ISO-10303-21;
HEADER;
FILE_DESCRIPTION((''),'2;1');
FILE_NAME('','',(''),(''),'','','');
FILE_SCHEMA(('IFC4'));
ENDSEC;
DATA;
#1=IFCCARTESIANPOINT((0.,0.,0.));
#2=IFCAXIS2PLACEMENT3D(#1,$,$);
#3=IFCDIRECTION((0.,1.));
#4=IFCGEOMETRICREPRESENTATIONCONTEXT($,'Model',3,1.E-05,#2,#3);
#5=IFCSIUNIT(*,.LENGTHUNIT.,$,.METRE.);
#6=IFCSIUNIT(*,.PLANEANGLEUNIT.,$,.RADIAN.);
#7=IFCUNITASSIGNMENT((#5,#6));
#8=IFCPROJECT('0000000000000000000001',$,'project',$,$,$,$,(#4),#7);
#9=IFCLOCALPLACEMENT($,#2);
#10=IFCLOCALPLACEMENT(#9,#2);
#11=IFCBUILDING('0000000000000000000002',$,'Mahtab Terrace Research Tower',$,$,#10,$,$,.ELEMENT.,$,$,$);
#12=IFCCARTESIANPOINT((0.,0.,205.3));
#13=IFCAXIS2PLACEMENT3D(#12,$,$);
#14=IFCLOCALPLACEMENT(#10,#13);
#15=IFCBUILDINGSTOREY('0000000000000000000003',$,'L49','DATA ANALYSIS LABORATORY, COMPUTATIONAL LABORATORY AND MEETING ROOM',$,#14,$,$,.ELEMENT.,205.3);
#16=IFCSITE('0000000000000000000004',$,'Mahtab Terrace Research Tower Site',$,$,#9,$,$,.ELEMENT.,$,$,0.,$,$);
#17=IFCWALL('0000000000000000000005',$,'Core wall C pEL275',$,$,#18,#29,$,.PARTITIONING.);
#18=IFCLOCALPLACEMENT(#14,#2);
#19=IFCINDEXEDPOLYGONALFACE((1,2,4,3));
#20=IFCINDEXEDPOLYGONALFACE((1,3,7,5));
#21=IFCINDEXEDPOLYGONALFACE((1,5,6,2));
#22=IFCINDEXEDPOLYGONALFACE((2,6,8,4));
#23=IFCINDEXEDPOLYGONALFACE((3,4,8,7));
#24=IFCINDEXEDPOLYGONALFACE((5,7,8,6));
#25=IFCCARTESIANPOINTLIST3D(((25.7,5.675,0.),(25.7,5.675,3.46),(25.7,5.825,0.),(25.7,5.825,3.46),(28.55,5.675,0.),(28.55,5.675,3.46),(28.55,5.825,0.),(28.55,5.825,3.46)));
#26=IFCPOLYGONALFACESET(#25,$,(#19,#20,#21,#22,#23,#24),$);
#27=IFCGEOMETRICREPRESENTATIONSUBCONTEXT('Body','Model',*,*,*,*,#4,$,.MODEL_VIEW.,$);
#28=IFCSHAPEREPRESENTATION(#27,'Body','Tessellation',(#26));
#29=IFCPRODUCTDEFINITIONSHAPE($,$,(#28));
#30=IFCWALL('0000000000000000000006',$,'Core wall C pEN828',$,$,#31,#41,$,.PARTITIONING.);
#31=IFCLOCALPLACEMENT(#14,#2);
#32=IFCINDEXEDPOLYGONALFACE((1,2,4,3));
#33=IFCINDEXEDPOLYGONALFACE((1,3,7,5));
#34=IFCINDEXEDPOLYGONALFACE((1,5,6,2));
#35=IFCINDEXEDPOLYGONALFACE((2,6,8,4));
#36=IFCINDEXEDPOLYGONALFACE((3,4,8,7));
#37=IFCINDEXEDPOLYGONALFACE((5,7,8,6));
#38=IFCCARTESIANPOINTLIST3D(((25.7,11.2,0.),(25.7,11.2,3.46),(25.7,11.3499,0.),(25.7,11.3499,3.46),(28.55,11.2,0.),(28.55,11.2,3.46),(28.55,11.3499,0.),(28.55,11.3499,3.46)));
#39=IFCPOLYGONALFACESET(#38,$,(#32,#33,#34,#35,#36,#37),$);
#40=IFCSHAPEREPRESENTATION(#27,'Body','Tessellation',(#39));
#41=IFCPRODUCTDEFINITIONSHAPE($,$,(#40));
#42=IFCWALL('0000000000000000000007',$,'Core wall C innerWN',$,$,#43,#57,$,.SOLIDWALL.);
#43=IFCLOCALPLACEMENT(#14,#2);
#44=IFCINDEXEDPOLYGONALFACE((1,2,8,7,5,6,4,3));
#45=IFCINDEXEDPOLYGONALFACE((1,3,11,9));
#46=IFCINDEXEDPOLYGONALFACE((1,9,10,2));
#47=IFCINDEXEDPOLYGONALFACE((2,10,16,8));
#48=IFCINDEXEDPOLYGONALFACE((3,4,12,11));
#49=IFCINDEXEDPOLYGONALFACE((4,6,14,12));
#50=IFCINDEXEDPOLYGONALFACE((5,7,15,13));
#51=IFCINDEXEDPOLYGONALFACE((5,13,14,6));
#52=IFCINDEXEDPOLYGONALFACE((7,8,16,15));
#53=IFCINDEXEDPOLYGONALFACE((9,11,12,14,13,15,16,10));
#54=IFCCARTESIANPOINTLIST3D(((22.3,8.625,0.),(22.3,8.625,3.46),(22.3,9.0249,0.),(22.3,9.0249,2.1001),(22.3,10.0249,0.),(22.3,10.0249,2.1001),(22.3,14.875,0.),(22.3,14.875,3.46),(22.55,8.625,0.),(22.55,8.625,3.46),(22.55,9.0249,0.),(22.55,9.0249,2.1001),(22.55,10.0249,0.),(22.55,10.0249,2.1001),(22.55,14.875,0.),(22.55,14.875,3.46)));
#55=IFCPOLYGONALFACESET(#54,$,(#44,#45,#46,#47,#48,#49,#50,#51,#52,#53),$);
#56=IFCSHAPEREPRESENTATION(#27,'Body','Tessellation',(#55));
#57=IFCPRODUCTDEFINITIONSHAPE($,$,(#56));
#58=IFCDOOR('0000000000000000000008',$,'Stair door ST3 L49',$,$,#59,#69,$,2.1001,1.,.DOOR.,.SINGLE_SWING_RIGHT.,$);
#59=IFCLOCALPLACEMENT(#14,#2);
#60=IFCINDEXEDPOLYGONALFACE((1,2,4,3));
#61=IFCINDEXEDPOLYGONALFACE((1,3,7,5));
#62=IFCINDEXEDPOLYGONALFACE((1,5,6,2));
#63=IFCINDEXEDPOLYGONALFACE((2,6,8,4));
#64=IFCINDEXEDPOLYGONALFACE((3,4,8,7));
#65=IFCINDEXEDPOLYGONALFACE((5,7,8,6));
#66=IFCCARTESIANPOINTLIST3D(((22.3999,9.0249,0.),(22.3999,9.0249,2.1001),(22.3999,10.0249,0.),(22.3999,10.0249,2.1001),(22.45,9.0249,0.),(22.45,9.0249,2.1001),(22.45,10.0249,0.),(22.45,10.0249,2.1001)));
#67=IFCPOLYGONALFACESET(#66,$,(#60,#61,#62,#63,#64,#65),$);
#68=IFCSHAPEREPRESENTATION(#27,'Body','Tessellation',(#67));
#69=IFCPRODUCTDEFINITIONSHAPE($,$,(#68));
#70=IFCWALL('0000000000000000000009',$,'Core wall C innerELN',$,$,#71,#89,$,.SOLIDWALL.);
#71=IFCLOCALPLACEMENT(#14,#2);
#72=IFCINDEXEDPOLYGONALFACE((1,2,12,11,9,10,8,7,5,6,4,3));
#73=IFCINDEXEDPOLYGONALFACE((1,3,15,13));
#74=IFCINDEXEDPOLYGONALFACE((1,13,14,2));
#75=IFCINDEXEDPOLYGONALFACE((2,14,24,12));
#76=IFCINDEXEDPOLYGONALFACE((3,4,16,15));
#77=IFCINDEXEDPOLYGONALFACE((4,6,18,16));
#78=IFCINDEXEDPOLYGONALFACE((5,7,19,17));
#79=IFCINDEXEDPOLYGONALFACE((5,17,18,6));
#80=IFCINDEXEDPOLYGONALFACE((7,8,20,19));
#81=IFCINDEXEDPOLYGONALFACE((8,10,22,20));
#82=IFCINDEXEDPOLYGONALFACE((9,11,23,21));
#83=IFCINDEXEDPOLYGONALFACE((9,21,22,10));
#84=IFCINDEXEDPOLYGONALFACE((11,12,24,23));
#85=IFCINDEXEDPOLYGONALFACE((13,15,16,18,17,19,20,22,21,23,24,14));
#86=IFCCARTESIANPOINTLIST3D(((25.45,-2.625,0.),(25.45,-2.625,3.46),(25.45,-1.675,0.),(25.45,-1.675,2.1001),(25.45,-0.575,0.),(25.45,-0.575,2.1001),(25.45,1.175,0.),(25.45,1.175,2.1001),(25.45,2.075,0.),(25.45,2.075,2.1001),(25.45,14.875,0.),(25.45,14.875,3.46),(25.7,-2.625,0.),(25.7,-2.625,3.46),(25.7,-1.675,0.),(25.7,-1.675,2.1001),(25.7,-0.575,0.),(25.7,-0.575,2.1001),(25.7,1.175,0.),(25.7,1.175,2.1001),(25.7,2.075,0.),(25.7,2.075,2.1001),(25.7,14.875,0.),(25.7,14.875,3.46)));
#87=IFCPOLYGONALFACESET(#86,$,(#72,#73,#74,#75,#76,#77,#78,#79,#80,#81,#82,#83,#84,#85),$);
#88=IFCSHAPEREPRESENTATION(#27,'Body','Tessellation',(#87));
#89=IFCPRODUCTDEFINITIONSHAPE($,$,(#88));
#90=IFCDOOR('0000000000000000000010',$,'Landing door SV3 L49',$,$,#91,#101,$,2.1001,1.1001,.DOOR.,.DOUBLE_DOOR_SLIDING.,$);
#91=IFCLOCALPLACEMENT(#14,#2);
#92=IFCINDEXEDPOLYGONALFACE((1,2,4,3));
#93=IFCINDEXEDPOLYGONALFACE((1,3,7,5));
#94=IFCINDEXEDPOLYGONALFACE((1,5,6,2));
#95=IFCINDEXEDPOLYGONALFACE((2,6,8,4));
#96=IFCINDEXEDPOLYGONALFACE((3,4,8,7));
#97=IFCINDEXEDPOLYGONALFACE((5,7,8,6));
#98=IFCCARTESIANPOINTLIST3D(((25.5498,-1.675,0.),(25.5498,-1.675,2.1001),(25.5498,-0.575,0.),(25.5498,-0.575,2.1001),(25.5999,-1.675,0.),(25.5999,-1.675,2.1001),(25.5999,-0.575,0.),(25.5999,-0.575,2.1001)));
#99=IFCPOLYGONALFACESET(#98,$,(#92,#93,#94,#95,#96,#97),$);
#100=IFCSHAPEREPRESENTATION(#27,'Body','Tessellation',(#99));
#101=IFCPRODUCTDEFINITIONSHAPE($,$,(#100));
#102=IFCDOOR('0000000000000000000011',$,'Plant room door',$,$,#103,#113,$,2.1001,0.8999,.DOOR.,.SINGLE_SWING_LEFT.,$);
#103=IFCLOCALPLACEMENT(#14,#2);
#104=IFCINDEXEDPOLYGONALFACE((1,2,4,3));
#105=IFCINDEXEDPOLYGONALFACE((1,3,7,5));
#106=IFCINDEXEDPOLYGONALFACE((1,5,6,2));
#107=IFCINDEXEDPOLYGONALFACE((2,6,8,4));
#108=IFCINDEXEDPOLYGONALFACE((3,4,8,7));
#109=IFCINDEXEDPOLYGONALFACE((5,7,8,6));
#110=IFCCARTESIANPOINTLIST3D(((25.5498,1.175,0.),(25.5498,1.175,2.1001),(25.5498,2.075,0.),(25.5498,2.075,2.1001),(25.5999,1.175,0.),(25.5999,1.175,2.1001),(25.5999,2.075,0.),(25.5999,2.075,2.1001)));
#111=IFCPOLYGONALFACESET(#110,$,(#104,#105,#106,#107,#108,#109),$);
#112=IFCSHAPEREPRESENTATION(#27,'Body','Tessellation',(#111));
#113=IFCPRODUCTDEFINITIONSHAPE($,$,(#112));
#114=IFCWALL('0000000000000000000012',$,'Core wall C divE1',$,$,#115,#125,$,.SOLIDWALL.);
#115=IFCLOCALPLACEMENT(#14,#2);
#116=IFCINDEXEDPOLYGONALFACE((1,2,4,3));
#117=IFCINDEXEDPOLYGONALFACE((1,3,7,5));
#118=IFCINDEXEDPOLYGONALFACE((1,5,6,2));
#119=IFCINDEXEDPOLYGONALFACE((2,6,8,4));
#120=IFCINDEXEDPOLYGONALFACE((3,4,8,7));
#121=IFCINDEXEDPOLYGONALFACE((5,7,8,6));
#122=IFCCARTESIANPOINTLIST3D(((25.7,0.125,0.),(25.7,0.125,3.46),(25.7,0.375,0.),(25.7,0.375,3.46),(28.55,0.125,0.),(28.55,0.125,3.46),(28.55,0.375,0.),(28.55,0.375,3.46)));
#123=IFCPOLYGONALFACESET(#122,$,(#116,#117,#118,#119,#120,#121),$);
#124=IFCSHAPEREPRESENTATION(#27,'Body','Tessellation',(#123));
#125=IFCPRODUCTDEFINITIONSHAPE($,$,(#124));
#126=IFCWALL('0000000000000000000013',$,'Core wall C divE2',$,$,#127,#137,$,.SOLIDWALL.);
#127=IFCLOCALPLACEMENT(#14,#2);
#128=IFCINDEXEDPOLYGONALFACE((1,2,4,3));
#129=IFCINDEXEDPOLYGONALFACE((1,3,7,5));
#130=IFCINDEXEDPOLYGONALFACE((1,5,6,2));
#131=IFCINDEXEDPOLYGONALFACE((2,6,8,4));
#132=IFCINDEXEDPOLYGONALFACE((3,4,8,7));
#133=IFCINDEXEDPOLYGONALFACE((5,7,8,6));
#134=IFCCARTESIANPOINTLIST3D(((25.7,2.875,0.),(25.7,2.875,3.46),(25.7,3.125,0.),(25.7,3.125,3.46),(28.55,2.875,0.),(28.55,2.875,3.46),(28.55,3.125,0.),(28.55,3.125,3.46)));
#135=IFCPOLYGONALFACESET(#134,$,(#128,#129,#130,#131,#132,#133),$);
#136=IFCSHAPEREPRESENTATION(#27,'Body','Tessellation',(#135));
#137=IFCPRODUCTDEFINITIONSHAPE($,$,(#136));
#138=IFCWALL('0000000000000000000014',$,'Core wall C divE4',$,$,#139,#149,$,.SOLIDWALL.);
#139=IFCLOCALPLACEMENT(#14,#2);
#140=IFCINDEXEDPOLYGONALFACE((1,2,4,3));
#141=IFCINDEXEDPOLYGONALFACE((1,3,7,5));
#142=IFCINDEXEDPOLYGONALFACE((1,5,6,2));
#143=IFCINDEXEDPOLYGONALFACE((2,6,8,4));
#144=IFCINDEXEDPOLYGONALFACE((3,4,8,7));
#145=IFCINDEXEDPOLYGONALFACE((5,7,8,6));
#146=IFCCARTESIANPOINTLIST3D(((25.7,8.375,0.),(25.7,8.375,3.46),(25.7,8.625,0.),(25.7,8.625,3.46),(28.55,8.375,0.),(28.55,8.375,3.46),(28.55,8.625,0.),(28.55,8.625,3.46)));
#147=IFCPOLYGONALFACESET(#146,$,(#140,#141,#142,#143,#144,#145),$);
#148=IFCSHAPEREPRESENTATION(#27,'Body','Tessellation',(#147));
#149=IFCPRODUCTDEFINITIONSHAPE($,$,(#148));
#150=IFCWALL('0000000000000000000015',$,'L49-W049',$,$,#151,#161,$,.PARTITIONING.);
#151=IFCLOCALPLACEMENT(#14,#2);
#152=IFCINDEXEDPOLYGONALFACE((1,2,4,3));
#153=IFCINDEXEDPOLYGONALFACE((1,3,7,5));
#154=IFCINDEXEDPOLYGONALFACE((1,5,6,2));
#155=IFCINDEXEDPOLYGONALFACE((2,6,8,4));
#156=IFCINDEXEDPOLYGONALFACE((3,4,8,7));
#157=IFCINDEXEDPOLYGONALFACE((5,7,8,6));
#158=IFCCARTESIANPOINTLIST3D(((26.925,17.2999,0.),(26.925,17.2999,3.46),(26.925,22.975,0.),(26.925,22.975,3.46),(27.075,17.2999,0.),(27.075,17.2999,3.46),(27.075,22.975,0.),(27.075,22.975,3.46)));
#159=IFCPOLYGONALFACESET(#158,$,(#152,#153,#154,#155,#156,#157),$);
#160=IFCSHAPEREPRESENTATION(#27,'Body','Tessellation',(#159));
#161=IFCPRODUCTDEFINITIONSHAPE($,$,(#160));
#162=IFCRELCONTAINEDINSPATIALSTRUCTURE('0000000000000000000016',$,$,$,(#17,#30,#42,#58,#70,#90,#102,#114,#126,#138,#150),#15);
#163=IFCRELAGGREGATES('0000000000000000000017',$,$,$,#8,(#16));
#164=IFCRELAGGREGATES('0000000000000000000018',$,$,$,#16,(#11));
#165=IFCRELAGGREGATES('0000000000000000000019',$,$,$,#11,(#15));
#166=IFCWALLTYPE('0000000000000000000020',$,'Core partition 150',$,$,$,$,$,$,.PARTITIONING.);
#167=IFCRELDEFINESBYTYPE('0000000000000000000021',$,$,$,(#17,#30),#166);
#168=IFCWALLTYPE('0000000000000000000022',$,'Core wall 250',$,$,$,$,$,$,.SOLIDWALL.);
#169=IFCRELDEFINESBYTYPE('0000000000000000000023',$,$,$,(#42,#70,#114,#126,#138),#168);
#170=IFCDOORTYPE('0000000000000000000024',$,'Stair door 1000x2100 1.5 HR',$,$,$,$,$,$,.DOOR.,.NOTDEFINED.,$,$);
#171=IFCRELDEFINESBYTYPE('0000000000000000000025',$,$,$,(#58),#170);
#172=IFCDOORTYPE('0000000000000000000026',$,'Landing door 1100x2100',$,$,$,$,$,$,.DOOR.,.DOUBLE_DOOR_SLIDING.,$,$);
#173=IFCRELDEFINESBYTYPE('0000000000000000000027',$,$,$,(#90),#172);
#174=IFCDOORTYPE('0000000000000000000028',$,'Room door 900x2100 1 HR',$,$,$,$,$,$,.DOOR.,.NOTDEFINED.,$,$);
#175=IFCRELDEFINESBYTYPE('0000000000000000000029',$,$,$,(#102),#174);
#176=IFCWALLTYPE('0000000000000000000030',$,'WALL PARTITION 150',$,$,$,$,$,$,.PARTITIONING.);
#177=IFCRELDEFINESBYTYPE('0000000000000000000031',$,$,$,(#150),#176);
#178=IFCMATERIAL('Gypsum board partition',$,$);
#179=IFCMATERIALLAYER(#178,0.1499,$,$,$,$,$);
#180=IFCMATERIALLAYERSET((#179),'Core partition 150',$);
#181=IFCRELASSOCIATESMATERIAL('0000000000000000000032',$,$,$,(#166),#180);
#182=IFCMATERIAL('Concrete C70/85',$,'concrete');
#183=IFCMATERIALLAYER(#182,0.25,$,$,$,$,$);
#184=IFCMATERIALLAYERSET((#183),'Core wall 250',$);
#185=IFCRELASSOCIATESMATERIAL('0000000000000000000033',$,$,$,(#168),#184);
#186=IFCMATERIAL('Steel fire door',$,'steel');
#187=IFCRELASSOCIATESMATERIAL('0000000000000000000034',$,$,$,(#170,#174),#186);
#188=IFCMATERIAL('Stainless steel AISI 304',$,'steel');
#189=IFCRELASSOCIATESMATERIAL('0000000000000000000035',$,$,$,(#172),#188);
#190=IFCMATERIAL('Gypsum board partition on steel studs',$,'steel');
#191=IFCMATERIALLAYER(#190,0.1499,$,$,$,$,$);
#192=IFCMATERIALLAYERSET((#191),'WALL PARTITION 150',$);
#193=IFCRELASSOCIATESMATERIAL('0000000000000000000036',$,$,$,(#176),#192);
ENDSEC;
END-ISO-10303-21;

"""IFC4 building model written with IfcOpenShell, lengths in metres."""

from ifc_helpers import new_model, si_unit, direction, frame, frame_2d, origin, place, context, subcontext, project, spatial, rectangle, extrude, material, layer, layer_set, type_object, element, fill, save


model = new_model("IFC4")

# Units and contexts
model_context = context("Model", 3, precision=1e-05, world=origin(), true_north=direction((0.0, 1.0)))
body_context = subcontext(model_context, "Body", "Model", "MODEL_VIEW")
ifc_project = project(units=[si_unit("LENGTHUNIT", "METRE"), si_unit("PLANEANGLEUNIT", "RADIAN")], contexts=[model_context])

# Site, building, storey
site_placement = place(None, origin())
site = spatial("IfcSite", under=ifc_project, at=site_placement, Name="Mahtab Terrace Research Tower Site", CompositionType="ELEMENT", RefElevation=0.0)
building_placement = place(site_placement, origin())
building = spatial("IfcBuilding", under=site, at=building_placement, Name="Mahtab Terrace Research Tower", CompositionType="ELEMENT")
storey_placement = place(building_placement, frame((0.0, 0.0, 205.3)))
storey = spatial("IfcBuildingStorey", under=building, at=storey_placement, Name="L49", Description="DATA ANALYSIS LABORATORY, COMPUTATIONAL LABORATORY AND MEETING ROOM", CompositionType="ELEMENT", Elevation=205.3)

# Shared definitions
ifc_material_1 = material(Name="Concrete C70/85", Category="concrete")

# Walls
ifc_material_2 = material(Name="Gypsum board partition")
ifc_layer_1 = layer(ifc_material_2, 0.1499)
ifc_layer_set_1 = layer_set([ifc_layer_1], Name="Core partition 150")
wall_type_1 = type_object("IfcWallType", Name="Core partition 150", PredefinedType="PARTITIONING", material=ifc_layer_set_1)
for number, where, z_axis, x_axis, name in (
    (1, (25.7, 5.75, 0.0), (0.0, 0.0, 1.0), (1.0, 0.0, 0.0), "Core wall C pEL275"),
    (2, (25.7, 11.2749, 0.0), (0.0, 0.0, 1.0), (1.0, 0.0, 0.0), "Core wall C pEN828"),
):
    element("IfcWall", number, at=place(storey_placement, frame(where, z_axis=z_axis, x_axis=x_axis)), inside=storey, type_object=wall_type_1, Name=name, PredefinedType="PARTITIONING", context=body_context, shape_type="SweptSolid", body=[
        extrude(rectangle(XDim=2.8501, YDim=0.1499, at=frame_2d((1.425, 0.0))), origin(), (0.0, 0.0, 1.0), 3.46),
    ])

# Wall, opening, door
ifc_layer_2 = layer(ifc_material_1, 0.25)
ifc_layer_set_2 = layer_set([ifc_layer_2], Name="Core wall 250")
wall_type_2 = type_object("IfcWallType", Name="Core wall 250", PredefinedType="SOLIDWALL", material=ifc_layer_set_2)
wall_1_placement = place(storey_placement, frame((22.425, 14.875, 0.0), z_axis=(0.0, 0.0, 1.0), x_axis=(0.0, -1.0, 0.0)))
wall_1 = element("IfcWall", 3, at=wall_1_placement, inside=storey, type_object=wall_type_2, Name="Core wall C innerWN", PredefinedType="SOLIDWALL", context=body_context, shape_type="SweptSolid", body=[
    extrude(rectangle(XDim=6.25, YDim=0.25, at=frame_2d((3.125, 0.0))), origin(), (0.0, 0.0, 1.0), 3.46),
])
opening_1_placement = place(wall_1_placement, frame((4.8501, 0.0, 0.0)))
opening_1 = element("IfcOpeningElement", 4, at=opening_1_placement, cuts=wall_1, PredefinedType="OPENING", context=body_context, shape_type="SweptSolid", body=[
    extrude(rectangle(XDim=1.0, YDim=2.1001, at=frame_2d((0.5, 1.05))), frame((0.0, 0.135, 0.0), z_axis=(0.0, -1.0, 0.0), x_axis=(1.0, 0.0, 0.0)), (0.0, 0.0, 1.0), 0.27),
])
ifc_material_3 = material(Name="Steel fire door", Category="steel")
door_type_1 = type_object("IfcDoorType", Name="Stair door 1000x2100 1.5 HR", OperationType="NOTDEFINED", PredefinedType="DOOR", material=ifc_material_3)
door_1_placement = place(opening_1_placement, origin())
door_1 = element("IfcDoor", 5, at=door_1_placement, inside=storey, type_object=door_type_1, Name="Stair door ST3 L49", OperationType="SINGLE_SWING_RIGHT", OverallHeight=2.1001, OverallWidth=1.0, PredefinedType="DOOR", context=body_context, shape_type="SweptSolid", body=[
    extrude(rectangle(XDim=1.0, YDim=2.1001, at=frame_2d((0.5, 1.05))), frame((0.0, 0.0249, 0.0), z_axis=(0.0, -1.0, 0.0), x_axis=(1.0, 0.0, 0.0)), (0.0, 0.0, 1.0), 0.05),
])
fill(opening_1, door_1)

# Wall, openings, doors
wall_2_placement = place(storey_placement, frame((25.575, 14.875, 0.0), z_axis=(0.0, 0.0, 1.0), x_axis=(0.0, -1.0, 0.0)))
wall_2 = element("IfcWall", 6, at=wall_2_placement, inside=storey, type_object=wall_type_2, Name="Core wall C innerELN", PredefinedType="SOLIDWALL", context=body_context, shape_type="SweptSolid", body=[
    extrude(rectangle(XDim=17.5, YDim=0.25, at=frame_2d((8.75, 0.0))), origin(), (0.0, 0.0, 1.0), 3.46),
])
opening_2_placement = place(wall_2_placement, frame((15.45, 0.0, 0.0)))
opening_2 = element("IfcOpeningElement", 7, at=opening_2_placement, cuts=wall_2, PredefinedType="OPENING", context=body_context, shape_type="SweptSolid", body=[
    extrude(rectangle(XDim=1.1001, YDim=2.1001, at=frame_2d((0.55, 1.05))), frame((0.0, 0.135, 0.0), z_axis=(0.0, -1.0, 0.0), x_axis=(1.0, 0.0, 0.0)), (0.0, 0.0, 1.0), 0.27),
])
opening_3_placement = place(wall_2_placement, frame((12.8, 0.0, 0.0)))
opening_3 = element("IfcOpeningElement", 8, at=opening_3_placement, cuts=wall_2, PredefinedType="OPENING", context=body_context, shape_type="SweptSolid", body=[
    extrude(rectangle(XDim=0.8999, YDim=2.1001, at=frame_2d((0.45, 1.05))), frame((0.0, 0.135, 0.0), z_axis=(0.0, -1.0, 0.0), x_axis=(1.0, 0.0, 0.0)), (0.0, 0.0, 1.0), 0.27),
])
ifc_material_4 = material(Name="Stainless steel AISI 304", Category="steel")
door_type_2 = type_object("IfcDoorType", Name="Landing door 1100x2100", OperationType="DOUBLE_DOOR_SLIDING", PredefinedType="DOOR", material=ifc_material_4)
door_2_placement = place(opening_2_placement, origin())
door_2 = element("IfcDoor", 9, at=door_2_placement, inside=storey, type_object=door_type_2, Name="Landing door SV3 L49", OperationType="DOUBLE_DOOR_SLIDING", OverallHeight=2.1001, OverallWidth=1.1001, PredefinedType="DOOR", context=body_context, shape_type="SweptSolid", body=[
    extrude(rectangle(XDim=1.1001, YDim=2.1001, at=frame_2d((0.55, 1.05))), frame((0.0, 0.0249, 0.0), z_axis=(0.0, -1.0, 0.0), x_axis=(1.0, 0.0, 0.0)), (0.0, 0.0, 1.0), 0.05),
])
fill(opening_2, door_2)
door_type_3 = type_object("IfcDoorType", Name="Room door 900x2100 1 HR", OperationType="NOTDEFINED", PredefinedType="DOOR", material=ifc_material_3)
door_3_placement = place(opening_3_placement, origin())
door_3 = element("IfcDoor", 10, at=door_3_placement, inside=storey, type_object=door_type_3, Name="Plant room door", OperationType="SINGLE_SWING_LEFT", OverallHeight=2.1001, OverallWidth=0.8999, PredefinedType="DOOR", context=body_context, shape_type="SweptSolid", body=[
    extrude(rectangle(XDim=0.8999, YDim=2.1001, at=frame_2d((0.45, 1.05))), frame((0.0, 0.0249, 0.0), z_axis=(0.0, -1.0, 0.0), x_axis=(1.0, 0.0, 0.0)), (0.0, 0.0, 1.0), 0.05),
])
fill(opening_3, door_3)

# Walls
for number, where, z_axis, x_axis, name in (
    (11, (25.7, 0.25, 0.0), (0.0, 0.0, 1.0), (1.0, 0.0, 0.0), "Core wall C divE1"),
    (12, (25.7, 3.0, 0.0), (0.0, 0.0, 1.0), (1.0, 0.0, 0.0), "Core wall C divE2"),
    (13, (25.7, 8.5, 0.0), (0.0, 0.0, 1.0), (1.0, 0.0, 0.0), "Core wall C divE4"),
):
    element("IfcWall", number, at=place(storey_placement, frame(where, z_axis=z_axis, x_axis=x_axis)), inside=storey, type_object=wall_type_2, Name=name, PredefinedType="SOLIDWALL", context=body_context, shape_type="SweptSolid", body=[
        extrude(rectangle(XDim=2.8501, YDim=0.25, at=frame_2d((1.425, 0.0))), origin(), (0.0, 0.0, 1.0), 3.46),
    ])
ifc_material_5 = material(Name="Gypsum board partition on steel studs", Category="steel")
ifc_layer_3 = layer(ifc_material_5, 0.1499)
ifc_layer_set_3 = layer_set([ifc_layer_3], Name="WALL PARTITION 150")
wall_type_3 = type_object("IfcWallType", Name="WALL PARTITION 150", PredefinedType="PARTITIONING", material=ifc_layer_set_3)
wall_3_placement = place(storey_placement, frame((27.0, 17.3, 0.0), z_axis=(0.0, 0.0, 1.0), x_axis=(0.0, 1.0, 0.0)))
element("IfcWall", 14, at=wall_3_placement, inside=storey, type_object=wall_type_3, Name="L49-W049", PredefinedType="PARTITIONING", context=body_context, shape_type="SweptSolid", body=[
    extrude(rectangle(XDim=5.675, YDim=0.1499, at=frame_2d((2.8374, 0.0))), origin(), (0.0, 0.0, 1.0), 3.46),
])

save(model, "model.ifc")
